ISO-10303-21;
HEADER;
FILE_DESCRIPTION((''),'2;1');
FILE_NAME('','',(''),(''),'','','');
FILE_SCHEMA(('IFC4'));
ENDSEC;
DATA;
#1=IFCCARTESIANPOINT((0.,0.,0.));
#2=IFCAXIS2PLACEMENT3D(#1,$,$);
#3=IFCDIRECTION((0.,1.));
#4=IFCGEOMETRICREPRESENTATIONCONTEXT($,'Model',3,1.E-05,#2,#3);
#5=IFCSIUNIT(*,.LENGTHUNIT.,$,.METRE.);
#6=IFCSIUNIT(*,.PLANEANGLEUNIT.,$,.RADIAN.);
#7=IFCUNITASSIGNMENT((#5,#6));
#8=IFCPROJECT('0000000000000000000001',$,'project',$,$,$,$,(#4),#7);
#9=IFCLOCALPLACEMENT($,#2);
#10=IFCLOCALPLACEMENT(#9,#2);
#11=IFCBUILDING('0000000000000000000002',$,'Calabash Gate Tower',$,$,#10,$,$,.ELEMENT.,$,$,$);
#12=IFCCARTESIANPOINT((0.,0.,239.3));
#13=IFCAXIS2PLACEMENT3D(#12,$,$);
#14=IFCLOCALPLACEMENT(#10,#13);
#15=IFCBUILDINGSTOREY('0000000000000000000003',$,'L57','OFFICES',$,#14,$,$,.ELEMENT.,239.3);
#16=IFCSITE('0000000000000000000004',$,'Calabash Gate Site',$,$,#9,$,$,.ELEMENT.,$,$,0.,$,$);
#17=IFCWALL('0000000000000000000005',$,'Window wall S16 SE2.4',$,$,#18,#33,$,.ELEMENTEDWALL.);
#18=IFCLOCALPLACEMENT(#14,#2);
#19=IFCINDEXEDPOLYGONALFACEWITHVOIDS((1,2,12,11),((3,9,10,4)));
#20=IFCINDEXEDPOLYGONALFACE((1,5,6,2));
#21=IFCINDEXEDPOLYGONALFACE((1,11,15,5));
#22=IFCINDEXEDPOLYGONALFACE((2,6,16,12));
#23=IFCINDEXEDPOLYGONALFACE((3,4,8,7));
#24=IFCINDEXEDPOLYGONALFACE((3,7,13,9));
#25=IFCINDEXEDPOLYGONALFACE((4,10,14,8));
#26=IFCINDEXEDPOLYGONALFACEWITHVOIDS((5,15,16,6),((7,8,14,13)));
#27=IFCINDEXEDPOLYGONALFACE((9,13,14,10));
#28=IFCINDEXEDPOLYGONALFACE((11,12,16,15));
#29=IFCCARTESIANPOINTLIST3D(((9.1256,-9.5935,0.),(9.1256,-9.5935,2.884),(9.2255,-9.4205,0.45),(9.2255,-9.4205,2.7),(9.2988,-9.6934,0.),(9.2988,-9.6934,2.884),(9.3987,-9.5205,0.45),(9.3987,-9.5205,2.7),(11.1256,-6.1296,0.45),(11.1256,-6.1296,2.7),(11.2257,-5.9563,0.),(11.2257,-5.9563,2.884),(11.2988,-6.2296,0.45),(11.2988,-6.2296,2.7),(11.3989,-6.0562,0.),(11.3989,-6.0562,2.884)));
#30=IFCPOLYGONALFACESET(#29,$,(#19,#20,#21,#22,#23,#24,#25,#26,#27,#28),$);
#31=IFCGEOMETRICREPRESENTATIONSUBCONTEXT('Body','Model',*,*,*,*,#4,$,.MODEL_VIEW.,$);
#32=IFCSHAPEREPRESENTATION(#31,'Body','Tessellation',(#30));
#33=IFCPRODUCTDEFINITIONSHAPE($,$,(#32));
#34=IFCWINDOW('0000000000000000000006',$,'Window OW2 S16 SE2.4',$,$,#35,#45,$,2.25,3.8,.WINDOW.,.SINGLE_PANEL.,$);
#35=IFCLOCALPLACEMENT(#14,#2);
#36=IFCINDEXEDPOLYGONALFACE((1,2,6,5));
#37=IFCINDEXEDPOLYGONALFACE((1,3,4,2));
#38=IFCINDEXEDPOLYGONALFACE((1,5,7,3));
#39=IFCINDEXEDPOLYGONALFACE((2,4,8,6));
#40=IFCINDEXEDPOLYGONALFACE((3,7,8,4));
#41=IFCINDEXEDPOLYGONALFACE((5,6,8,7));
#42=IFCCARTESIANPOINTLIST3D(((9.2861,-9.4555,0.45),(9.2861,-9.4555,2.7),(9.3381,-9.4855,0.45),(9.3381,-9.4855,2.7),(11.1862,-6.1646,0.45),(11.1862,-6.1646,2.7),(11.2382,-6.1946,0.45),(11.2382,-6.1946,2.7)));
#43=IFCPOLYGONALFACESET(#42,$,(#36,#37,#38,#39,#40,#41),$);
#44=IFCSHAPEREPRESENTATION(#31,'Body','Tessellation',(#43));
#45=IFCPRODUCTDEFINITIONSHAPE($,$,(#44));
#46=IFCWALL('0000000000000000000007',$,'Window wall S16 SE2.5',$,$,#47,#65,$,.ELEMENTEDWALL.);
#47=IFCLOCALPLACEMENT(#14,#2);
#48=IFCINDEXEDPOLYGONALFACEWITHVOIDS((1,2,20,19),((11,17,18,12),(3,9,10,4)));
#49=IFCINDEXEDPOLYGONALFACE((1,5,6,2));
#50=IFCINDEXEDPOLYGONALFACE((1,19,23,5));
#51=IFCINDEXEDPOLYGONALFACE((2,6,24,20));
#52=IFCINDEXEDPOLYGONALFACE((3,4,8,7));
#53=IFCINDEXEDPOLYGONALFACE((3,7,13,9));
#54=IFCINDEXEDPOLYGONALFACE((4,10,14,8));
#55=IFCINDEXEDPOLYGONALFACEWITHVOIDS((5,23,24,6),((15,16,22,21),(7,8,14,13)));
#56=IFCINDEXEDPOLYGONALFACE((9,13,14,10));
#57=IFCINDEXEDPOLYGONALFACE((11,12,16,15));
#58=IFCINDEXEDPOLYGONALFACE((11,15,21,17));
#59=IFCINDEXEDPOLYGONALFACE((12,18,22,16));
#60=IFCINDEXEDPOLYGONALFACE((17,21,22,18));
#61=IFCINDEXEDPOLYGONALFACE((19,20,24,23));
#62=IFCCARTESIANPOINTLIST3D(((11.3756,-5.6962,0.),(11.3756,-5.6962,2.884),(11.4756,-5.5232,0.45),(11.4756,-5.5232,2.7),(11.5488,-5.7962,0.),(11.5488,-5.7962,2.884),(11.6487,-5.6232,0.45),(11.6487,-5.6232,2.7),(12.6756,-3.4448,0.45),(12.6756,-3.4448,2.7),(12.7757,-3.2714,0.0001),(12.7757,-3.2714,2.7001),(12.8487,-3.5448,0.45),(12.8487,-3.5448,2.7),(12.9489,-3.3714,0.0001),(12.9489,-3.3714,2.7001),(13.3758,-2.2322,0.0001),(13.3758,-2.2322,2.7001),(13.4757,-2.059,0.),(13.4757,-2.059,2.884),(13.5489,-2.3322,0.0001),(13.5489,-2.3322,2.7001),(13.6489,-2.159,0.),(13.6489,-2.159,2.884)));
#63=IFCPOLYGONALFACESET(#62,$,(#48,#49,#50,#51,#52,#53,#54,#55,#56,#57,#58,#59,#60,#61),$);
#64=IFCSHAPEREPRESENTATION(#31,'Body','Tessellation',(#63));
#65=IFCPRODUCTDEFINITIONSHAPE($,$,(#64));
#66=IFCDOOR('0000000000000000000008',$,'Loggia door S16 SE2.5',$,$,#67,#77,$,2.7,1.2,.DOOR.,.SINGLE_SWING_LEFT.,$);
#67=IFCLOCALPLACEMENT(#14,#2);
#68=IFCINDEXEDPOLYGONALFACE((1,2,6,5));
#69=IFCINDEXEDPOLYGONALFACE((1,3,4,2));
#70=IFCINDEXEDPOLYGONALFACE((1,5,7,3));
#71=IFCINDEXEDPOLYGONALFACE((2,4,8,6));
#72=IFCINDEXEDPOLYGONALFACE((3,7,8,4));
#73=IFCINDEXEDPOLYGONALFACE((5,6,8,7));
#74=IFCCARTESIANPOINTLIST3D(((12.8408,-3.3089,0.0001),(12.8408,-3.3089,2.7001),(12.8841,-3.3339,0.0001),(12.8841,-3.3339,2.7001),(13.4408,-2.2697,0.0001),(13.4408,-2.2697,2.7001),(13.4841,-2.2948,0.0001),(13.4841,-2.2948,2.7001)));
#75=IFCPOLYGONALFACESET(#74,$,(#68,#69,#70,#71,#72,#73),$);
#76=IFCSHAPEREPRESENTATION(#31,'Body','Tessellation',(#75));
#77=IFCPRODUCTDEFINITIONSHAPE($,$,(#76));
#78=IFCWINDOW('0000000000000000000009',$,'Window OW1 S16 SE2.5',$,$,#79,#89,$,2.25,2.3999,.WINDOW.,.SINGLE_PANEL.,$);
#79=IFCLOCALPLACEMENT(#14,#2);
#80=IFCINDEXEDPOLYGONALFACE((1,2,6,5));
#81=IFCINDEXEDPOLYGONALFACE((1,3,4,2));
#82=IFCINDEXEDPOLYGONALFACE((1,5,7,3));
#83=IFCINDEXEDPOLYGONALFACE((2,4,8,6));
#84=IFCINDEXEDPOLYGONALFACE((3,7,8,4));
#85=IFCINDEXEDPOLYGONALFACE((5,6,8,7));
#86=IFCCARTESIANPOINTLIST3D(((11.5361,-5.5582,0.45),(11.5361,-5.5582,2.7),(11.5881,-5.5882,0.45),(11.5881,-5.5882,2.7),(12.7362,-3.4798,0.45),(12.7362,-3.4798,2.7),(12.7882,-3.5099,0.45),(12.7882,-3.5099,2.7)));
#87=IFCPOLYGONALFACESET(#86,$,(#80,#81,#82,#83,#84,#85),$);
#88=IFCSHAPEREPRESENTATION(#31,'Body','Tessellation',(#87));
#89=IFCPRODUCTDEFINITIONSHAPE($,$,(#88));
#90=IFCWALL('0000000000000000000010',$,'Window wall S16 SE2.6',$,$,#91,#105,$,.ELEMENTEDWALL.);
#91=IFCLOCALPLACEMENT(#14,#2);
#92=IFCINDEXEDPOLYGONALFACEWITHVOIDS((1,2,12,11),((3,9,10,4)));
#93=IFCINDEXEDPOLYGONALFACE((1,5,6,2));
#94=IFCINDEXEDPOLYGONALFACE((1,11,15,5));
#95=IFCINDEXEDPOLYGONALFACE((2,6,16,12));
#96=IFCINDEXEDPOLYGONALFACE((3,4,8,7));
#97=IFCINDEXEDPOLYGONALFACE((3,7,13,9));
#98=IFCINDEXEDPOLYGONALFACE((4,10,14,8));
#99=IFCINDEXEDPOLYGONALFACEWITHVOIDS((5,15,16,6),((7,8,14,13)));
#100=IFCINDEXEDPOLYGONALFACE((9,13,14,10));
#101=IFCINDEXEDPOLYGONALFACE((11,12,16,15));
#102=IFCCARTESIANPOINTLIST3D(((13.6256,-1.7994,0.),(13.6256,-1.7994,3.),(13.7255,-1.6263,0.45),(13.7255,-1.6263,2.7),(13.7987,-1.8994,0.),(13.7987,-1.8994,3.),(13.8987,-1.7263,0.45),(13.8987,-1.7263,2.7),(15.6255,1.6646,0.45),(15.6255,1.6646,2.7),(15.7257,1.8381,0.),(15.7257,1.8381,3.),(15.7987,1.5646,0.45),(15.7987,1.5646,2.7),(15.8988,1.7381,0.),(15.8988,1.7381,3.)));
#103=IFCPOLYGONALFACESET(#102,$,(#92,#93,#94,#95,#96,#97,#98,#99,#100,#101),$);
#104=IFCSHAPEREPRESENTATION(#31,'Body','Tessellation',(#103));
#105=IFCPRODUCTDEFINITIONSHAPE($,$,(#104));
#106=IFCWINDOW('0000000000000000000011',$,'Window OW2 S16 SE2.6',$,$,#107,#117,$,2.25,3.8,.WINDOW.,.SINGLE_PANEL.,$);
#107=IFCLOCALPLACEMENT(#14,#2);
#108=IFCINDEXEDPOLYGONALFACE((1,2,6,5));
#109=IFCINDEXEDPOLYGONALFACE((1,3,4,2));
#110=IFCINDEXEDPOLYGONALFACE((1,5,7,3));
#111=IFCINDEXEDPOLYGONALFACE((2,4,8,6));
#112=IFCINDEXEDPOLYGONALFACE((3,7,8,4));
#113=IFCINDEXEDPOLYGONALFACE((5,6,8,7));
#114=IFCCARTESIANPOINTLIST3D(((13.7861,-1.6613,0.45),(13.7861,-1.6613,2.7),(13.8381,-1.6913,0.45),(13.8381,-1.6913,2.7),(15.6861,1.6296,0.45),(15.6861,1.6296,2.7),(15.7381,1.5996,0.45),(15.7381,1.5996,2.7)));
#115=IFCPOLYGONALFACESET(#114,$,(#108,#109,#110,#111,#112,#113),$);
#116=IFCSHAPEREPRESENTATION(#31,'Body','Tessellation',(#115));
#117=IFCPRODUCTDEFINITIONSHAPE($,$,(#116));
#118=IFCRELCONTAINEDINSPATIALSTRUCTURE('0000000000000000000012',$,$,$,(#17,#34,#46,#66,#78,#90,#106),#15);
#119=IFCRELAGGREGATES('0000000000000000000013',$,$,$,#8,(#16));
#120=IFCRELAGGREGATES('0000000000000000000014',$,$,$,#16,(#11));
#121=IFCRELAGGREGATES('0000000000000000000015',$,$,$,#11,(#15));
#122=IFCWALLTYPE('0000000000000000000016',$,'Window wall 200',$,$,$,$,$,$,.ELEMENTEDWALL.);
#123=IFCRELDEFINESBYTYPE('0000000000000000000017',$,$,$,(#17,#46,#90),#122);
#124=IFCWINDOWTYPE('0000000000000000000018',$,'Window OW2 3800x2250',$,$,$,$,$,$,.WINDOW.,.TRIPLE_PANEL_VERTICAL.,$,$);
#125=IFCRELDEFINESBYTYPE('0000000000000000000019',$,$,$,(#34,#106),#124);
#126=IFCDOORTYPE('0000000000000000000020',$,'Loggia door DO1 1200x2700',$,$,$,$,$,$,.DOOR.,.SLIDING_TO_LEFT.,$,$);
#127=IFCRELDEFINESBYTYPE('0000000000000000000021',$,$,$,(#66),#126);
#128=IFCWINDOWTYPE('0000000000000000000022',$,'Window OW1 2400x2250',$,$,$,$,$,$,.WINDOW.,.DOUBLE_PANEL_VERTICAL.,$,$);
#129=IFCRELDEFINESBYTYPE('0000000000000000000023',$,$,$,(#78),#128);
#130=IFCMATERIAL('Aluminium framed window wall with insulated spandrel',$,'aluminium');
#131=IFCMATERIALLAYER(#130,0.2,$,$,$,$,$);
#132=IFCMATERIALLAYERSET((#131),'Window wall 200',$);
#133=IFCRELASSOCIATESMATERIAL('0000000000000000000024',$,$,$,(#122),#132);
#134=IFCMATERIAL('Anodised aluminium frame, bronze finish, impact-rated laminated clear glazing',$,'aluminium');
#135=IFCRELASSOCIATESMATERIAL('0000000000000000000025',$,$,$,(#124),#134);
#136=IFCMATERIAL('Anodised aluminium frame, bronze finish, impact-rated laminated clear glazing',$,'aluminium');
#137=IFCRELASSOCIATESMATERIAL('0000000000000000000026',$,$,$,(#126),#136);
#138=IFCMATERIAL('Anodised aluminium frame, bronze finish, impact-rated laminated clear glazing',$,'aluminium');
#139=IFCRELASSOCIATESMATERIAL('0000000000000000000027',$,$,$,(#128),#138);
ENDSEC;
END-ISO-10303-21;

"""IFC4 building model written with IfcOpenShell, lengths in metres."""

from ifc_helpers import new_model, si_unit, direction, frame, frame_2d, origin, place, context, subcontext, project, spatial, rectangle, extrude, material, layer, layer_set, type_object, element, fill, save


model = new_model("IFC4")

# Units and contexts
model_context = context("Model", 3, precision=1e-05, world=origin(), true_north=direction((0.0, 1.0)))
body_context = subcontext(model_context, "Body", "Model", "MODEL_VIEW")
ifc_project = project(units=[si_unit("LENGTHUNIT", "METRE"), si_unit("PLANEANGLEUNIT", "RADIAN")], contexts=[model_context])

# Site, building, storey
site_placement = place(None, origin())
site = spatial("IfcSite", under=ifc_project, at=site_placement, Name="Calabash Gate Site", CompositionType="ELEMENT", RefElevation=0.0)
building_placement = place(site_placement, origin())
building = spatial("IfcBuilding", under=site, at=building_placement, Name="Calabash Gate Tower", CompositionType="ELEMENT")
storey_placement = place(building_placement, frame((0.0, 0.0, 239.3)))
storey = spatial("IfcBuildingStorey", under=building, at=storey_placement, Name="L57", Description="OFFICES", CompositionType="ELEMENT", Elevation=239.3)

# Wall, opening, window
ifc_material_1 = material(Name="Aluminium framed window wall with insulated spandrel", Category="aluminium")
ifc_layer_1 = layer(ifc_material_1, 0.2)
ifc_layer_set_1 = layer_set([ifc_layer_1], Name="Window wall 200")
wall_type_1 = type_object("IfcWallType", Name="Window wall 200", PredefinedType="ELEMENTEDWALL", material=ifc_layer_set_1)
wall_1_placement = place(storey_placement, frame((9.2122, -9.6436, 0.0), z_axis=(0.0, 0.0, 1.0), x_axis=(0.500028, 0.866009, 0.0)))
wall_1 = element("IfcWall", 1, at=wall_1_placement, inside=storey, type_object=wall_type_1, Name="Window wall S16 SE2.4", PredefinedType="ELEMENTEDWALL", context=body_context, shape_type="SweptSolid", body=[
    extrude(rectangle(XDim=4.2, YDim=0.2, at=frame_2d((2.1001, 0.0))), origin(), (0.0, 0.0, 1.0), 2.884),
])
opening_1_placement = place(wall_1_placement, frame((0.2, 0.0, 0.45)))
opening_1 = element("IfcOpeningElement", 2, at=opening_1_placement, cuts=wall_1, PredefinedType="OPENING", context=body_context, shape_type="SweptSolid", body=[
    extrude(rectangle(XDim=3.8, YDim=2.25, at=frame_2d((1.8999, 1.125))), frame((0.0, 0.1099, 0.0), z_axis=(0.0, -1.0, 0.0), x_axis=(1.0, 0.0, 0.0)), (0.0, 0.0, 1.0), 0.22),
])
ifc_material_2 = material(Name="Anodised aluminium frame, bronze finish, impact-rated laminated clear glazing", Category="aluminium")
window_type_1 = type_object("IfcWindowType", Name="Window OW2 3800x2250", PartitioningType="TRIPLE_PANEL_VERTICAL", PredefinedType="WINDOW", material=ifc_material_2)
window_1_placement = place(opening_1_placement, origin())
window_1 = element("IfcWindow", 3, at=window_1_placement, inside=storey, type_object=window_type_1, Name="Window OW2 S16 SE2.4", OverallHeight=2.25, OverallWidth=3.8, PartitioningType="SINGLE_PANEL", PredefinedType="WINDOW", context=body_context, shape_type="SweptSolid", body=[
    extrude(rectangle(XDim=3.8, YDim=2.25, at=frame_2d((1.8999, 1.125))), frame((0.0, 0.03, 0.0), z_axis=(0.0, -1.0, 0.0), x_axis=(1.0, 0.0, 0.0)), (0.0, 0.0, 1.0), 0.0601),
])
fill(opening_1, window_1)

# Wall, openings, door, window
wall_2_placement = place(storey_placement, frame((11.4622, -5.7463, 0.0), z_axis=(0.0, 0.0, 1.0), x_axis=(0.500028, 0.866009, 0.0)))
wall_2 = element("IfcWall", 4, at=wall_2_placement, inside=storey, type_object=wall_type_1, Name="Window wall S16 SE2.5", PredefinedType="ELEMENTEDWALL", context=body_context, shape_type="SweptSolid", body=[
    extrude(rectangle(XDim=4.2, YDim=0.2, at=frame_2d((2.1001, 0.0))), origin(), (0.0, 0.0, 1.0), 2.884),
])
opening_2_placement = place(wall_2_placement, frame((0.2, 0.0, 0.45)))
opening_2 = element("IfcOpeningElement", 5, at=opening_2_placement, cuts=wall_2, PredefinedType="OPENING", context=body_context, shape_type="SweptSolid", body=[
    extrude(rectangle(XDim=2.3999, YDim=2.25, at=frame_2d((1.2, 1.125))), frame((0.0, 0.1099, 0.0), z_axis=(0.0, -1.0, 0.0), x_axis=(1.0, 0.0, 0.0)), (0.0, 0.0, 1.0), 0.22),
])
opening_3_placement = place(wall_2_placement, frame((2.8, 0.0, 0.0)))
opening_3 = element("IfcOpeningElement", 6, at=opening_3_placement, cuts=wall_2, PredefinedType="OPENING", context=body_context, shape_type="SweptSolid", body=[
    extrude(rectangle(XDim=1.2, YDim=2.7, at=frame_2d((0.6001, 1.3501))), frame((0.0, 0.1099, 0.0), z_axis=(0.0, -1.0, 0.0), x_axis=(1.0, 0.0, 0.0)), (0.0, 0.0, 1.0), 0.22),
])
ifc_material_3 = material(Name="Anodised aluminium frame, bronze finish, impact-rated laminated clear glazing", Category="aluminium")
door_type_1 = type_object("IfcDoorType", Name="Loggia door DO1 1200x2700", OperationType="SLIDING_TO_LEFT", PredefinedType="DOOR", material=ifc_material_3)
door_1_placement = place(opening_3_placement, origin())
door_1 = element("IfcDoor", 7, at=door_1_placement, inside=storey, type_object=door_type_1, Name="Loggia door S16 SE2.5", OperationType="SINGLE_SWING_LEFT", OverallHeight=2.7, OverallWidth=1.2, PredefinedType="DOOR", context=body_context, shape_type="SweptSolid", body=[
    extrude(rectangle(XDim=1.2, YDim=2.7, at=frame_2d((0.6001, 1.3501))), frame((0.0, 0.0249, 0.0), z_axis=(0.0, -1.0, 0.0), x_axis=(1.0, 0.0, 0.0)), (0.0, 0.0, 1.0), 0.05),
])
fill(opening_3, door_1)
ifc_material_4 = material(Name="Anodised aluminium frame, bronze finish, impact-rated laminated clear glazing", Category="aluminium")
window_type_2 = type_object("IfcWindowType", Name="Window OW1 2400x2250", PartitioningType="DOUBLE_PANEL_VERTICAL", PredefinedType="WINDOW", material=ifc_material_4)
window_2_placement = place(opening_2_placement, origin())
window_2 = element("IfcWindow", 8, at=window_2_placement, inside=storey, type_object=window_type_2, Name="Window OW1 S16 SE2.5", OverallHeight=2.25, OverallWidth=2.3999, PartitioningType="SINGLE_PANEL", PredefinedType="WINDOW", context=body_context, shape_type="SweptSolid", body=[
    extrude(rectangle(XDim=2.3999, YDim=2.25, at=frame_2d((1.2, 1.125))), frame((0.0, 0.03, 0.0), z_axis=(0.0, -1.0, 0.0), x_axis=(1.0, 0.0, 0.0)), (0.0, 0.0, 1.0), 0.0601),
])
fill(opening_2, window_2)

# Wall, opening, window
wall_3_placement = place(storey_placement, frame((13.7122, -1.8494, 0.0), z_axis=(0.0, 0.0, 1.0), x_axis=(0.500003, 0.866024, 0.0)))
wall_3 = element("IfcWall", 9, at=wall_3_placement, inside=storey, type_object=wall_type_1, Name="Window wall S16 SE2.6", PredefinedType="ELEMENTEDWALL", context=body_context, shape_type="SweptSolid", body=[
    extrude(rectangle(XDim=4.2002, YDim=0.2, at=frame_2d((2.1001, 0.0))), origin(), (0.0, 0.0, 1.0), 3.0),
])
opening_4_placement = place(wall_3_placement, frame((0.2, 0.0, 0.45)))
opening_4 = element("IfcOpeningElement", 10, at=opening_4_placement, cuts=wall_3, PredefinedType="OPENING", context=body_context, shape_type="SweptSolid", body=[
    extrude(rectangle(XDim=3.8, YDim=2.25, at=frame_2d((1.8999, 1.125))), frame((0.0, 0.1099, 0.0), z_axis=(0.0, -1.0, 0.0), x_axis=(1.0, 0.0, 0.0)), (0.0, 0.0, 1.0), 0.22),
])
window_3_placement = place(opening_4_placement, origin())
window_3 = element("IfcWindow", 11, at=window_3_placement, inside=storey, type_object=window_type_1, Name="Window OW2 S16 SE2.6", OverallHeight=2.25, OverallWidth=3.8, PartitioningType="SINGLE_PANEL", PredefinedType="WINDOW", context=body_context, shape_type="SweptSolid", body=[
    extrude(rectangle(XDim=3.8, YDim=2.25, at=frame_2d((1.8999, 1.125))), frame((0.0, 0.03, 0.0), z_axis=(0.0, -1.0, 0.0), x_axis=(1.0, 0.0, 0.0)), (0.0, 0.0, 1.0), 0.0601),
])
fill(opening_4, window_3)

save(model, "model.ifc")
